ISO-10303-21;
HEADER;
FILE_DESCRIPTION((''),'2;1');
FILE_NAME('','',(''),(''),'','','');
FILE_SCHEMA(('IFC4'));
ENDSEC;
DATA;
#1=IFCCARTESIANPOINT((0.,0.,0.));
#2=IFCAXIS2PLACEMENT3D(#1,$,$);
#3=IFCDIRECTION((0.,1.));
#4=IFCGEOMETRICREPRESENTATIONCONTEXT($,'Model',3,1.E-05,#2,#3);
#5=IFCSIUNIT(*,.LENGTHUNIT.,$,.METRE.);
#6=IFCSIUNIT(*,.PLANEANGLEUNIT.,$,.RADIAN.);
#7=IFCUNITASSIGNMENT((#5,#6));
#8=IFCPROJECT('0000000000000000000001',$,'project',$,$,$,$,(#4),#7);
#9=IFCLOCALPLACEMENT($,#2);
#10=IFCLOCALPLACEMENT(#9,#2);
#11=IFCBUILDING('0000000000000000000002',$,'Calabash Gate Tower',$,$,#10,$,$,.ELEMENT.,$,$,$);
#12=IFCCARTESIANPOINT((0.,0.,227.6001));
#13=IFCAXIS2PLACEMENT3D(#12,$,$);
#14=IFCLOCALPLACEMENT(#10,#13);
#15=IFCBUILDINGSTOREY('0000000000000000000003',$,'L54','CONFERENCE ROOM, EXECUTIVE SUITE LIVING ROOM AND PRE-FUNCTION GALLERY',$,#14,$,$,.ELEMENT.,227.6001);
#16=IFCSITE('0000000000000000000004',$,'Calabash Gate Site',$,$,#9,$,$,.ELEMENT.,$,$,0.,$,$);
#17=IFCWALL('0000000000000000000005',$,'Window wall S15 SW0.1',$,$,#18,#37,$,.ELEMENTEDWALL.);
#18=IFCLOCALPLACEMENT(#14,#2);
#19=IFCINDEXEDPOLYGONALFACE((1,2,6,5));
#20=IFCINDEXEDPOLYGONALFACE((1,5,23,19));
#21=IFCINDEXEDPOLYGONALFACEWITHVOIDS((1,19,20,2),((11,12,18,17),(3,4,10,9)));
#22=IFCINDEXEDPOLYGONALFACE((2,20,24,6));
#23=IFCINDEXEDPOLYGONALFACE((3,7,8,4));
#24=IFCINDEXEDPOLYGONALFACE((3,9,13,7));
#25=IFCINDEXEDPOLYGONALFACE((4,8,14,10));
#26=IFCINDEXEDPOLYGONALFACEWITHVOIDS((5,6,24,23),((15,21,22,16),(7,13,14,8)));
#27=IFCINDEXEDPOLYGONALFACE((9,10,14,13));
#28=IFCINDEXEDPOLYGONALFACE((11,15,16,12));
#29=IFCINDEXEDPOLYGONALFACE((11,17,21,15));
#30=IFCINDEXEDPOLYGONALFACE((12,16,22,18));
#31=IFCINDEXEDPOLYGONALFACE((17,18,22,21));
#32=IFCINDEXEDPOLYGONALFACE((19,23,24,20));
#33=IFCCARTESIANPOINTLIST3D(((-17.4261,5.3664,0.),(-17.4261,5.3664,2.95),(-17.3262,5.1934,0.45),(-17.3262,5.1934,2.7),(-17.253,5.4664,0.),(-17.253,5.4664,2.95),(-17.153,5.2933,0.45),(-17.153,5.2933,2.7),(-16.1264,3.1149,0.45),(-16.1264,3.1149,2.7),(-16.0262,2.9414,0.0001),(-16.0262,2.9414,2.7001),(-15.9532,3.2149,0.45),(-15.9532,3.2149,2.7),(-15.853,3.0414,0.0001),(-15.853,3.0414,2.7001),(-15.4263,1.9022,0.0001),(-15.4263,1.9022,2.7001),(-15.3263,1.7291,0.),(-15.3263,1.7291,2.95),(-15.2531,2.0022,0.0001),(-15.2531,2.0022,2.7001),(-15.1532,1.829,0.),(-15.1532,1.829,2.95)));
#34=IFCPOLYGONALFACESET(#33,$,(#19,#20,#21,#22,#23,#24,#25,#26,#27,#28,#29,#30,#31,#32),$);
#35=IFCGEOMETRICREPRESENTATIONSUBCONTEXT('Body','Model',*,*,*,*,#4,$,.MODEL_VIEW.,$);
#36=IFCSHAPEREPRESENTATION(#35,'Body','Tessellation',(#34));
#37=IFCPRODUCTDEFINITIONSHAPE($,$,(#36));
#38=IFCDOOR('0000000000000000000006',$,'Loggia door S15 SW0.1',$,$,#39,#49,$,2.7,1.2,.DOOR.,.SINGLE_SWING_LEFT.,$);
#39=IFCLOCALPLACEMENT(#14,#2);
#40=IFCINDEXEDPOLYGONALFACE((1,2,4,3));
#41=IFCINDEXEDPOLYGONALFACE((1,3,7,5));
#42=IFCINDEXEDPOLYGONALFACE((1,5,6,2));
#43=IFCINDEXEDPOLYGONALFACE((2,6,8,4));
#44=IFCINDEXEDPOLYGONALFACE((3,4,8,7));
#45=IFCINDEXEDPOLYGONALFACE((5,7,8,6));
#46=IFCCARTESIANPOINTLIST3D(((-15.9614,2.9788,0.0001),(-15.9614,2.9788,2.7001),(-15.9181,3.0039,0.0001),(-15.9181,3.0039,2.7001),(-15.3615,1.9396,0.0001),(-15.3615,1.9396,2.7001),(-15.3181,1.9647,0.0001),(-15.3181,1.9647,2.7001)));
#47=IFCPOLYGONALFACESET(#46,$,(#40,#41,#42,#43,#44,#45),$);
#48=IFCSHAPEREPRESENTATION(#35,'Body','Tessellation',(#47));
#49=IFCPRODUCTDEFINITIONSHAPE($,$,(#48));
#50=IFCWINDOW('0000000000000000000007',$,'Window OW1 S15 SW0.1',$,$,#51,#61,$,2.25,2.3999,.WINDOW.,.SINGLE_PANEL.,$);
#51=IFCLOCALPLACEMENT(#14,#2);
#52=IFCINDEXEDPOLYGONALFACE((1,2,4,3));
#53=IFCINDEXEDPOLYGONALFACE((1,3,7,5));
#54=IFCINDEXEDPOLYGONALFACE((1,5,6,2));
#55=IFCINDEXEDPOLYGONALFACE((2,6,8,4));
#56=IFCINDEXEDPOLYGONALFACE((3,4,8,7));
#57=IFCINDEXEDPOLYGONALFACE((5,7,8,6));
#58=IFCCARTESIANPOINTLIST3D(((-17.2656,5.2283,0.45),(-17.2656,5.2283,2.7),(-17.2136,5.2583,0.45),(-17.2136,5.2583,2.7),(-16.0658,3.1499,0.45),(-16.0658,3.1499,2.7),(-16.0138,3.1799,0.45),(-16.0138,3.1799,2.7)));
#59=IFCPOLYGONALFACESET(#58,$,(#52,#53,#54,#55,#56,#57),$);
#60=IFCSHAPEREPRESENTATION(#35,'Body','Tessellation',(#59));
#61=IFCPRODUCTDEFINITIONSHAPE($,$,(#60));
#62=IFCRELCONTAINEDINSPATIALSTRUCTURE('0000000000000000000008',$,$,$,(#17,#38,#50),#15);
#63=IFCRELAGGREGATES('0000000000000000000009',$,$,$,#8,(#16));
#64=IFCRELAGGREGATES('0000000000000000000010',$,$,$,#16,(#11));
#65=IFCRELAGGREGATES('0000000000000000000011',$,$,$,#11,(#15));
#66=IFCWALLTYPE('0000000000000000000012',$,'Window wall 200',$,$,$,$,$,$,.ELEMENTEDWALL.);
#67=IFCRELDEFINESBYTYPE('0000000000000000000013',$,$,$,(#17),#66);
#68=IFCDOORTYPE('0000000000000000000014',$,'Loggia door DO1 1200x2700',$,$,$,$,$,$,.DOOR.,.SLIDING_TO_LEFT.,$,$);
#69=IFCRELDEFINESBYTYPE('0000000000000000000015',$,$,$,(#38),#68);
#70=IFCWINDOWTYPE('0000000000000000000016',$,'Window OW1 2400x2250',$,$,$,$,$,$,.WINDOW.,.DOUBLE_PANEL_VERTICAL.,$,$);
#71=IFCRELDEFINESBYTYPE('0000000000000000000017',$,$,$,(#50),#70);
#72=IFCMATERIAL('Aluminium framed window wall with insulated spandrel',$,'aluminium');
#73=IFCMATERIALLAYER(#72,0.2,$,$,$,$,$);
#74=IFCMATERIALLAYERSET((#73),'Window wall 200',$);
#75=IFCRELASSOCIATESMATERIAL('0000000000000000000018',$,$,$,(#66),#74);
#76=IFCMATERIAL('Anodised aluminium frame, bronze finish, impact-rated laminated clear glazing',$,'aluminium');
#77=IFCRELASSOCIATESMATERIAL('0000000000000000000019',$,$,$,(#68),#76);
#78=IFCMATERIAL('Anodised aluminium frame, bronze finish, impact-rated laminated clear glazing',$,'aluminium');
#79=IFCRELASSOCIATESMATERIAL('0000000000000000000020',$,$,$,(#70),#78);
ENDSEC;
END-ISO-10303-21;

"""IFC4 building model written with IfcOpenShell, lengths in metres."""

from ifc_helpers import new_model, si_unit, direction, frame, frame_2d, origin, place, context, subcontext, project, spatial, rectangle, extrude, material, layer, layer_set, type_object, element, fill, save


model = new_model("IFC4")

# Units and contexts
model_context = context("Model", 3, precision=1e-05, world=origin(), true_north=direction((0.0, 1.0)))
body_context = subcontext(model_context, "Body", "Model", "MODEL_VIEW")
ifc_project = project(units=[si_unit("LENGTHUNIT", "METRE"), si_unit("PLANEANGLEUNIT", "RADIAN")], contexts=[model_context])

# Site, building, storey
site_placement = place(None, origin())
site = spatial("IfcSite", under=ifc_project, at=site_placement, Name="Calabash Gate Site", CompositionType="ELEMENT", RefElevation=0.0)
building_placement = place(site_placement, origin())
building = spatial("IfcBuilding", under=site, at=building_placement, Name="Calabash Gate Tower", CompositionType="ELEMENT")
storey_placement = place(building_placement, frame((0.0, 0.0, 227.6001)))
storey = spatial("IfcBuildingStorey", under=building, at=storey_placement, Name="L54", Description="CONFERENCE ROOM, EXECUTIVE SUITE LIVING ROOM AND PRE-FUNCTION GALLERY", CompositionType="ELEMENT", Elevation=227.6001)

# Wall, openings, door, window
ifc_material_1 = material(Name="Aluminium framed window wall with insulated spandrel", Category="aluminium")
ifc_layer_1 = layer(ifc_material_1, 0.2)
ifc_layer_set_1 = layer_set([ifc_layer_1], Name="Window wall 200")
wall_type_1 = type_object("IfcWallType", Name="Window wall 200", PredefinedType="ELEMENTEDWALL", material=ifc_layer_set_1)
wall_1_placement = place(storey_placement, frame((-17.3396, 5.4165, 0.0), z_axis=(0.0, 0.0, 1.0), x_axis=(0.499959, -0.866049, 0.0)))
wall_1 = element("IfcWall", 1, at=wall_1_placement, inside=storey, type_object=wall_type_1, Name="Window wall S15 SW0.1", PredefinedType="ELEMENTEDWALL", context=body_context, shape_type="SweptSolid", body=[
    extrude(rectangle(XDim=4.2, YDim=0.2, at=frame_2d((2.1001, 0.0))), origin(), (0.0, 0.0, 1.0), 2.95),
])
opening_1_placement = place(wall_1_placement, frame((0.2, 0.0, 0.45)))
opening_1 = element("IfcOpeningElement", 2, at=opening_1_placement, cuts=wall_1, PredefinedType="OPENING", context=body_context, shape_type="SweptSolid", body=[
    extrude(rectangle(XDim=2.3999, YDim=2.25, at=frame_2d((1.2, 1.125))), frame((0.0, 0.1099, 0.0), z_axis=(0.0, -1.0, 0.0), x_axis=(1.0, 0.0, 0.0)), (0.0, 0.0, 1.0), 0.22),
])
opening_2_placement = place(wall_1_placement, frame((2.8, 0.0, 0.0)))
opening_2 = element("IfcOpeningElement", 3, at=opening_2_placement, cuts=wall_1, PredefinedType="OPENING", context=body_context, shape_type="SweptSolid", body=[
    extrude(rectangle(XDim=1.2, YDim=2.7, at=frame_2d((0.6001, 1.3501))), frame((0.0, 0.1099, 0.0), z_axis=(0.0, -1.0, 0.0), x_axis=(1.0, 0.0, 0.0)), (0.0, 0.0, 1.0), 0.22),
])
ifc_material_2 = material(Name="Anodised aluminium frame, bronze finish, impact-rated laminated clear glazing", Category="aluminium")
door_type_1 = type_object("IfcDoorType", Name="Loggia door DO1 1200x2700", OperationType="SLIDING_TO_LEFT", PredefinedType="DOOR", material=ifc_material_2)
door_1_placement = place(opening_2_placement, origin())
door_1 = element("IfcDoor", 4, at=door_1_placement, inside=storey, type_object=door_type_1, Name="Loggia door S15 SW0.1", OperationType="SINGLE_SWING_LEFT", OverallHeight=2.7, OverallWidth=1.2, PredefinedType="DOOR", context=body_context, shape_type="SweptSolid", body=[
    extrude(rectangle(XDim=1.2, YDim=2.7, at=frame_2d((0.6001, 1.3501))), frame((0.0, 0.0249, 0.0), z_axis=(0.0, -1.0, 0.0), x_axis=(1.0, 0.0, 0.0)), (0.0, 0.0, 1.0), 0.05),
])
fill(opening_2, door_1)
ifc_material_3 = material(Name="Anodised aluminium frame, bronze finish, impact-rated laminated clear glazing", Category="aluminium")
window_type_1 = type_object("IfcWindowType", Name="Window OW1 2400x2250", PartitioningType="DOUBLE_PANEL_VERTICAL", PredefinedType="WINDOW", material=ifc_material_3)
window_1_placement = place(opening_1_placement, origin())
window_1 = element("IfcWindow", 5, at=window_1_placement, inside=storey, type_object=window_type_1, Name="Window OW1 S15 SW0.1", OverallHeight=2.25, OverallWidth=2.3999, PartitioningType="SINGLE_PANEL", PredefinedType="WINDOW", context=body_context, shape_type="SweptSolid", body=[
    extrude(rectangle(XDim=2.3999, YDim=2.25, at=frame_2d((1.2, 1.125))), frame((0.0, 0.03, 0.0), z_axis=(0.0, -1.0, 0.0), x_axis=(1.0, 0.0, 0.0)), (0.0, 0.0, 1.0), 0.0601),
])
fill(opening_1, window_1)

save(model, "model.ifc")
